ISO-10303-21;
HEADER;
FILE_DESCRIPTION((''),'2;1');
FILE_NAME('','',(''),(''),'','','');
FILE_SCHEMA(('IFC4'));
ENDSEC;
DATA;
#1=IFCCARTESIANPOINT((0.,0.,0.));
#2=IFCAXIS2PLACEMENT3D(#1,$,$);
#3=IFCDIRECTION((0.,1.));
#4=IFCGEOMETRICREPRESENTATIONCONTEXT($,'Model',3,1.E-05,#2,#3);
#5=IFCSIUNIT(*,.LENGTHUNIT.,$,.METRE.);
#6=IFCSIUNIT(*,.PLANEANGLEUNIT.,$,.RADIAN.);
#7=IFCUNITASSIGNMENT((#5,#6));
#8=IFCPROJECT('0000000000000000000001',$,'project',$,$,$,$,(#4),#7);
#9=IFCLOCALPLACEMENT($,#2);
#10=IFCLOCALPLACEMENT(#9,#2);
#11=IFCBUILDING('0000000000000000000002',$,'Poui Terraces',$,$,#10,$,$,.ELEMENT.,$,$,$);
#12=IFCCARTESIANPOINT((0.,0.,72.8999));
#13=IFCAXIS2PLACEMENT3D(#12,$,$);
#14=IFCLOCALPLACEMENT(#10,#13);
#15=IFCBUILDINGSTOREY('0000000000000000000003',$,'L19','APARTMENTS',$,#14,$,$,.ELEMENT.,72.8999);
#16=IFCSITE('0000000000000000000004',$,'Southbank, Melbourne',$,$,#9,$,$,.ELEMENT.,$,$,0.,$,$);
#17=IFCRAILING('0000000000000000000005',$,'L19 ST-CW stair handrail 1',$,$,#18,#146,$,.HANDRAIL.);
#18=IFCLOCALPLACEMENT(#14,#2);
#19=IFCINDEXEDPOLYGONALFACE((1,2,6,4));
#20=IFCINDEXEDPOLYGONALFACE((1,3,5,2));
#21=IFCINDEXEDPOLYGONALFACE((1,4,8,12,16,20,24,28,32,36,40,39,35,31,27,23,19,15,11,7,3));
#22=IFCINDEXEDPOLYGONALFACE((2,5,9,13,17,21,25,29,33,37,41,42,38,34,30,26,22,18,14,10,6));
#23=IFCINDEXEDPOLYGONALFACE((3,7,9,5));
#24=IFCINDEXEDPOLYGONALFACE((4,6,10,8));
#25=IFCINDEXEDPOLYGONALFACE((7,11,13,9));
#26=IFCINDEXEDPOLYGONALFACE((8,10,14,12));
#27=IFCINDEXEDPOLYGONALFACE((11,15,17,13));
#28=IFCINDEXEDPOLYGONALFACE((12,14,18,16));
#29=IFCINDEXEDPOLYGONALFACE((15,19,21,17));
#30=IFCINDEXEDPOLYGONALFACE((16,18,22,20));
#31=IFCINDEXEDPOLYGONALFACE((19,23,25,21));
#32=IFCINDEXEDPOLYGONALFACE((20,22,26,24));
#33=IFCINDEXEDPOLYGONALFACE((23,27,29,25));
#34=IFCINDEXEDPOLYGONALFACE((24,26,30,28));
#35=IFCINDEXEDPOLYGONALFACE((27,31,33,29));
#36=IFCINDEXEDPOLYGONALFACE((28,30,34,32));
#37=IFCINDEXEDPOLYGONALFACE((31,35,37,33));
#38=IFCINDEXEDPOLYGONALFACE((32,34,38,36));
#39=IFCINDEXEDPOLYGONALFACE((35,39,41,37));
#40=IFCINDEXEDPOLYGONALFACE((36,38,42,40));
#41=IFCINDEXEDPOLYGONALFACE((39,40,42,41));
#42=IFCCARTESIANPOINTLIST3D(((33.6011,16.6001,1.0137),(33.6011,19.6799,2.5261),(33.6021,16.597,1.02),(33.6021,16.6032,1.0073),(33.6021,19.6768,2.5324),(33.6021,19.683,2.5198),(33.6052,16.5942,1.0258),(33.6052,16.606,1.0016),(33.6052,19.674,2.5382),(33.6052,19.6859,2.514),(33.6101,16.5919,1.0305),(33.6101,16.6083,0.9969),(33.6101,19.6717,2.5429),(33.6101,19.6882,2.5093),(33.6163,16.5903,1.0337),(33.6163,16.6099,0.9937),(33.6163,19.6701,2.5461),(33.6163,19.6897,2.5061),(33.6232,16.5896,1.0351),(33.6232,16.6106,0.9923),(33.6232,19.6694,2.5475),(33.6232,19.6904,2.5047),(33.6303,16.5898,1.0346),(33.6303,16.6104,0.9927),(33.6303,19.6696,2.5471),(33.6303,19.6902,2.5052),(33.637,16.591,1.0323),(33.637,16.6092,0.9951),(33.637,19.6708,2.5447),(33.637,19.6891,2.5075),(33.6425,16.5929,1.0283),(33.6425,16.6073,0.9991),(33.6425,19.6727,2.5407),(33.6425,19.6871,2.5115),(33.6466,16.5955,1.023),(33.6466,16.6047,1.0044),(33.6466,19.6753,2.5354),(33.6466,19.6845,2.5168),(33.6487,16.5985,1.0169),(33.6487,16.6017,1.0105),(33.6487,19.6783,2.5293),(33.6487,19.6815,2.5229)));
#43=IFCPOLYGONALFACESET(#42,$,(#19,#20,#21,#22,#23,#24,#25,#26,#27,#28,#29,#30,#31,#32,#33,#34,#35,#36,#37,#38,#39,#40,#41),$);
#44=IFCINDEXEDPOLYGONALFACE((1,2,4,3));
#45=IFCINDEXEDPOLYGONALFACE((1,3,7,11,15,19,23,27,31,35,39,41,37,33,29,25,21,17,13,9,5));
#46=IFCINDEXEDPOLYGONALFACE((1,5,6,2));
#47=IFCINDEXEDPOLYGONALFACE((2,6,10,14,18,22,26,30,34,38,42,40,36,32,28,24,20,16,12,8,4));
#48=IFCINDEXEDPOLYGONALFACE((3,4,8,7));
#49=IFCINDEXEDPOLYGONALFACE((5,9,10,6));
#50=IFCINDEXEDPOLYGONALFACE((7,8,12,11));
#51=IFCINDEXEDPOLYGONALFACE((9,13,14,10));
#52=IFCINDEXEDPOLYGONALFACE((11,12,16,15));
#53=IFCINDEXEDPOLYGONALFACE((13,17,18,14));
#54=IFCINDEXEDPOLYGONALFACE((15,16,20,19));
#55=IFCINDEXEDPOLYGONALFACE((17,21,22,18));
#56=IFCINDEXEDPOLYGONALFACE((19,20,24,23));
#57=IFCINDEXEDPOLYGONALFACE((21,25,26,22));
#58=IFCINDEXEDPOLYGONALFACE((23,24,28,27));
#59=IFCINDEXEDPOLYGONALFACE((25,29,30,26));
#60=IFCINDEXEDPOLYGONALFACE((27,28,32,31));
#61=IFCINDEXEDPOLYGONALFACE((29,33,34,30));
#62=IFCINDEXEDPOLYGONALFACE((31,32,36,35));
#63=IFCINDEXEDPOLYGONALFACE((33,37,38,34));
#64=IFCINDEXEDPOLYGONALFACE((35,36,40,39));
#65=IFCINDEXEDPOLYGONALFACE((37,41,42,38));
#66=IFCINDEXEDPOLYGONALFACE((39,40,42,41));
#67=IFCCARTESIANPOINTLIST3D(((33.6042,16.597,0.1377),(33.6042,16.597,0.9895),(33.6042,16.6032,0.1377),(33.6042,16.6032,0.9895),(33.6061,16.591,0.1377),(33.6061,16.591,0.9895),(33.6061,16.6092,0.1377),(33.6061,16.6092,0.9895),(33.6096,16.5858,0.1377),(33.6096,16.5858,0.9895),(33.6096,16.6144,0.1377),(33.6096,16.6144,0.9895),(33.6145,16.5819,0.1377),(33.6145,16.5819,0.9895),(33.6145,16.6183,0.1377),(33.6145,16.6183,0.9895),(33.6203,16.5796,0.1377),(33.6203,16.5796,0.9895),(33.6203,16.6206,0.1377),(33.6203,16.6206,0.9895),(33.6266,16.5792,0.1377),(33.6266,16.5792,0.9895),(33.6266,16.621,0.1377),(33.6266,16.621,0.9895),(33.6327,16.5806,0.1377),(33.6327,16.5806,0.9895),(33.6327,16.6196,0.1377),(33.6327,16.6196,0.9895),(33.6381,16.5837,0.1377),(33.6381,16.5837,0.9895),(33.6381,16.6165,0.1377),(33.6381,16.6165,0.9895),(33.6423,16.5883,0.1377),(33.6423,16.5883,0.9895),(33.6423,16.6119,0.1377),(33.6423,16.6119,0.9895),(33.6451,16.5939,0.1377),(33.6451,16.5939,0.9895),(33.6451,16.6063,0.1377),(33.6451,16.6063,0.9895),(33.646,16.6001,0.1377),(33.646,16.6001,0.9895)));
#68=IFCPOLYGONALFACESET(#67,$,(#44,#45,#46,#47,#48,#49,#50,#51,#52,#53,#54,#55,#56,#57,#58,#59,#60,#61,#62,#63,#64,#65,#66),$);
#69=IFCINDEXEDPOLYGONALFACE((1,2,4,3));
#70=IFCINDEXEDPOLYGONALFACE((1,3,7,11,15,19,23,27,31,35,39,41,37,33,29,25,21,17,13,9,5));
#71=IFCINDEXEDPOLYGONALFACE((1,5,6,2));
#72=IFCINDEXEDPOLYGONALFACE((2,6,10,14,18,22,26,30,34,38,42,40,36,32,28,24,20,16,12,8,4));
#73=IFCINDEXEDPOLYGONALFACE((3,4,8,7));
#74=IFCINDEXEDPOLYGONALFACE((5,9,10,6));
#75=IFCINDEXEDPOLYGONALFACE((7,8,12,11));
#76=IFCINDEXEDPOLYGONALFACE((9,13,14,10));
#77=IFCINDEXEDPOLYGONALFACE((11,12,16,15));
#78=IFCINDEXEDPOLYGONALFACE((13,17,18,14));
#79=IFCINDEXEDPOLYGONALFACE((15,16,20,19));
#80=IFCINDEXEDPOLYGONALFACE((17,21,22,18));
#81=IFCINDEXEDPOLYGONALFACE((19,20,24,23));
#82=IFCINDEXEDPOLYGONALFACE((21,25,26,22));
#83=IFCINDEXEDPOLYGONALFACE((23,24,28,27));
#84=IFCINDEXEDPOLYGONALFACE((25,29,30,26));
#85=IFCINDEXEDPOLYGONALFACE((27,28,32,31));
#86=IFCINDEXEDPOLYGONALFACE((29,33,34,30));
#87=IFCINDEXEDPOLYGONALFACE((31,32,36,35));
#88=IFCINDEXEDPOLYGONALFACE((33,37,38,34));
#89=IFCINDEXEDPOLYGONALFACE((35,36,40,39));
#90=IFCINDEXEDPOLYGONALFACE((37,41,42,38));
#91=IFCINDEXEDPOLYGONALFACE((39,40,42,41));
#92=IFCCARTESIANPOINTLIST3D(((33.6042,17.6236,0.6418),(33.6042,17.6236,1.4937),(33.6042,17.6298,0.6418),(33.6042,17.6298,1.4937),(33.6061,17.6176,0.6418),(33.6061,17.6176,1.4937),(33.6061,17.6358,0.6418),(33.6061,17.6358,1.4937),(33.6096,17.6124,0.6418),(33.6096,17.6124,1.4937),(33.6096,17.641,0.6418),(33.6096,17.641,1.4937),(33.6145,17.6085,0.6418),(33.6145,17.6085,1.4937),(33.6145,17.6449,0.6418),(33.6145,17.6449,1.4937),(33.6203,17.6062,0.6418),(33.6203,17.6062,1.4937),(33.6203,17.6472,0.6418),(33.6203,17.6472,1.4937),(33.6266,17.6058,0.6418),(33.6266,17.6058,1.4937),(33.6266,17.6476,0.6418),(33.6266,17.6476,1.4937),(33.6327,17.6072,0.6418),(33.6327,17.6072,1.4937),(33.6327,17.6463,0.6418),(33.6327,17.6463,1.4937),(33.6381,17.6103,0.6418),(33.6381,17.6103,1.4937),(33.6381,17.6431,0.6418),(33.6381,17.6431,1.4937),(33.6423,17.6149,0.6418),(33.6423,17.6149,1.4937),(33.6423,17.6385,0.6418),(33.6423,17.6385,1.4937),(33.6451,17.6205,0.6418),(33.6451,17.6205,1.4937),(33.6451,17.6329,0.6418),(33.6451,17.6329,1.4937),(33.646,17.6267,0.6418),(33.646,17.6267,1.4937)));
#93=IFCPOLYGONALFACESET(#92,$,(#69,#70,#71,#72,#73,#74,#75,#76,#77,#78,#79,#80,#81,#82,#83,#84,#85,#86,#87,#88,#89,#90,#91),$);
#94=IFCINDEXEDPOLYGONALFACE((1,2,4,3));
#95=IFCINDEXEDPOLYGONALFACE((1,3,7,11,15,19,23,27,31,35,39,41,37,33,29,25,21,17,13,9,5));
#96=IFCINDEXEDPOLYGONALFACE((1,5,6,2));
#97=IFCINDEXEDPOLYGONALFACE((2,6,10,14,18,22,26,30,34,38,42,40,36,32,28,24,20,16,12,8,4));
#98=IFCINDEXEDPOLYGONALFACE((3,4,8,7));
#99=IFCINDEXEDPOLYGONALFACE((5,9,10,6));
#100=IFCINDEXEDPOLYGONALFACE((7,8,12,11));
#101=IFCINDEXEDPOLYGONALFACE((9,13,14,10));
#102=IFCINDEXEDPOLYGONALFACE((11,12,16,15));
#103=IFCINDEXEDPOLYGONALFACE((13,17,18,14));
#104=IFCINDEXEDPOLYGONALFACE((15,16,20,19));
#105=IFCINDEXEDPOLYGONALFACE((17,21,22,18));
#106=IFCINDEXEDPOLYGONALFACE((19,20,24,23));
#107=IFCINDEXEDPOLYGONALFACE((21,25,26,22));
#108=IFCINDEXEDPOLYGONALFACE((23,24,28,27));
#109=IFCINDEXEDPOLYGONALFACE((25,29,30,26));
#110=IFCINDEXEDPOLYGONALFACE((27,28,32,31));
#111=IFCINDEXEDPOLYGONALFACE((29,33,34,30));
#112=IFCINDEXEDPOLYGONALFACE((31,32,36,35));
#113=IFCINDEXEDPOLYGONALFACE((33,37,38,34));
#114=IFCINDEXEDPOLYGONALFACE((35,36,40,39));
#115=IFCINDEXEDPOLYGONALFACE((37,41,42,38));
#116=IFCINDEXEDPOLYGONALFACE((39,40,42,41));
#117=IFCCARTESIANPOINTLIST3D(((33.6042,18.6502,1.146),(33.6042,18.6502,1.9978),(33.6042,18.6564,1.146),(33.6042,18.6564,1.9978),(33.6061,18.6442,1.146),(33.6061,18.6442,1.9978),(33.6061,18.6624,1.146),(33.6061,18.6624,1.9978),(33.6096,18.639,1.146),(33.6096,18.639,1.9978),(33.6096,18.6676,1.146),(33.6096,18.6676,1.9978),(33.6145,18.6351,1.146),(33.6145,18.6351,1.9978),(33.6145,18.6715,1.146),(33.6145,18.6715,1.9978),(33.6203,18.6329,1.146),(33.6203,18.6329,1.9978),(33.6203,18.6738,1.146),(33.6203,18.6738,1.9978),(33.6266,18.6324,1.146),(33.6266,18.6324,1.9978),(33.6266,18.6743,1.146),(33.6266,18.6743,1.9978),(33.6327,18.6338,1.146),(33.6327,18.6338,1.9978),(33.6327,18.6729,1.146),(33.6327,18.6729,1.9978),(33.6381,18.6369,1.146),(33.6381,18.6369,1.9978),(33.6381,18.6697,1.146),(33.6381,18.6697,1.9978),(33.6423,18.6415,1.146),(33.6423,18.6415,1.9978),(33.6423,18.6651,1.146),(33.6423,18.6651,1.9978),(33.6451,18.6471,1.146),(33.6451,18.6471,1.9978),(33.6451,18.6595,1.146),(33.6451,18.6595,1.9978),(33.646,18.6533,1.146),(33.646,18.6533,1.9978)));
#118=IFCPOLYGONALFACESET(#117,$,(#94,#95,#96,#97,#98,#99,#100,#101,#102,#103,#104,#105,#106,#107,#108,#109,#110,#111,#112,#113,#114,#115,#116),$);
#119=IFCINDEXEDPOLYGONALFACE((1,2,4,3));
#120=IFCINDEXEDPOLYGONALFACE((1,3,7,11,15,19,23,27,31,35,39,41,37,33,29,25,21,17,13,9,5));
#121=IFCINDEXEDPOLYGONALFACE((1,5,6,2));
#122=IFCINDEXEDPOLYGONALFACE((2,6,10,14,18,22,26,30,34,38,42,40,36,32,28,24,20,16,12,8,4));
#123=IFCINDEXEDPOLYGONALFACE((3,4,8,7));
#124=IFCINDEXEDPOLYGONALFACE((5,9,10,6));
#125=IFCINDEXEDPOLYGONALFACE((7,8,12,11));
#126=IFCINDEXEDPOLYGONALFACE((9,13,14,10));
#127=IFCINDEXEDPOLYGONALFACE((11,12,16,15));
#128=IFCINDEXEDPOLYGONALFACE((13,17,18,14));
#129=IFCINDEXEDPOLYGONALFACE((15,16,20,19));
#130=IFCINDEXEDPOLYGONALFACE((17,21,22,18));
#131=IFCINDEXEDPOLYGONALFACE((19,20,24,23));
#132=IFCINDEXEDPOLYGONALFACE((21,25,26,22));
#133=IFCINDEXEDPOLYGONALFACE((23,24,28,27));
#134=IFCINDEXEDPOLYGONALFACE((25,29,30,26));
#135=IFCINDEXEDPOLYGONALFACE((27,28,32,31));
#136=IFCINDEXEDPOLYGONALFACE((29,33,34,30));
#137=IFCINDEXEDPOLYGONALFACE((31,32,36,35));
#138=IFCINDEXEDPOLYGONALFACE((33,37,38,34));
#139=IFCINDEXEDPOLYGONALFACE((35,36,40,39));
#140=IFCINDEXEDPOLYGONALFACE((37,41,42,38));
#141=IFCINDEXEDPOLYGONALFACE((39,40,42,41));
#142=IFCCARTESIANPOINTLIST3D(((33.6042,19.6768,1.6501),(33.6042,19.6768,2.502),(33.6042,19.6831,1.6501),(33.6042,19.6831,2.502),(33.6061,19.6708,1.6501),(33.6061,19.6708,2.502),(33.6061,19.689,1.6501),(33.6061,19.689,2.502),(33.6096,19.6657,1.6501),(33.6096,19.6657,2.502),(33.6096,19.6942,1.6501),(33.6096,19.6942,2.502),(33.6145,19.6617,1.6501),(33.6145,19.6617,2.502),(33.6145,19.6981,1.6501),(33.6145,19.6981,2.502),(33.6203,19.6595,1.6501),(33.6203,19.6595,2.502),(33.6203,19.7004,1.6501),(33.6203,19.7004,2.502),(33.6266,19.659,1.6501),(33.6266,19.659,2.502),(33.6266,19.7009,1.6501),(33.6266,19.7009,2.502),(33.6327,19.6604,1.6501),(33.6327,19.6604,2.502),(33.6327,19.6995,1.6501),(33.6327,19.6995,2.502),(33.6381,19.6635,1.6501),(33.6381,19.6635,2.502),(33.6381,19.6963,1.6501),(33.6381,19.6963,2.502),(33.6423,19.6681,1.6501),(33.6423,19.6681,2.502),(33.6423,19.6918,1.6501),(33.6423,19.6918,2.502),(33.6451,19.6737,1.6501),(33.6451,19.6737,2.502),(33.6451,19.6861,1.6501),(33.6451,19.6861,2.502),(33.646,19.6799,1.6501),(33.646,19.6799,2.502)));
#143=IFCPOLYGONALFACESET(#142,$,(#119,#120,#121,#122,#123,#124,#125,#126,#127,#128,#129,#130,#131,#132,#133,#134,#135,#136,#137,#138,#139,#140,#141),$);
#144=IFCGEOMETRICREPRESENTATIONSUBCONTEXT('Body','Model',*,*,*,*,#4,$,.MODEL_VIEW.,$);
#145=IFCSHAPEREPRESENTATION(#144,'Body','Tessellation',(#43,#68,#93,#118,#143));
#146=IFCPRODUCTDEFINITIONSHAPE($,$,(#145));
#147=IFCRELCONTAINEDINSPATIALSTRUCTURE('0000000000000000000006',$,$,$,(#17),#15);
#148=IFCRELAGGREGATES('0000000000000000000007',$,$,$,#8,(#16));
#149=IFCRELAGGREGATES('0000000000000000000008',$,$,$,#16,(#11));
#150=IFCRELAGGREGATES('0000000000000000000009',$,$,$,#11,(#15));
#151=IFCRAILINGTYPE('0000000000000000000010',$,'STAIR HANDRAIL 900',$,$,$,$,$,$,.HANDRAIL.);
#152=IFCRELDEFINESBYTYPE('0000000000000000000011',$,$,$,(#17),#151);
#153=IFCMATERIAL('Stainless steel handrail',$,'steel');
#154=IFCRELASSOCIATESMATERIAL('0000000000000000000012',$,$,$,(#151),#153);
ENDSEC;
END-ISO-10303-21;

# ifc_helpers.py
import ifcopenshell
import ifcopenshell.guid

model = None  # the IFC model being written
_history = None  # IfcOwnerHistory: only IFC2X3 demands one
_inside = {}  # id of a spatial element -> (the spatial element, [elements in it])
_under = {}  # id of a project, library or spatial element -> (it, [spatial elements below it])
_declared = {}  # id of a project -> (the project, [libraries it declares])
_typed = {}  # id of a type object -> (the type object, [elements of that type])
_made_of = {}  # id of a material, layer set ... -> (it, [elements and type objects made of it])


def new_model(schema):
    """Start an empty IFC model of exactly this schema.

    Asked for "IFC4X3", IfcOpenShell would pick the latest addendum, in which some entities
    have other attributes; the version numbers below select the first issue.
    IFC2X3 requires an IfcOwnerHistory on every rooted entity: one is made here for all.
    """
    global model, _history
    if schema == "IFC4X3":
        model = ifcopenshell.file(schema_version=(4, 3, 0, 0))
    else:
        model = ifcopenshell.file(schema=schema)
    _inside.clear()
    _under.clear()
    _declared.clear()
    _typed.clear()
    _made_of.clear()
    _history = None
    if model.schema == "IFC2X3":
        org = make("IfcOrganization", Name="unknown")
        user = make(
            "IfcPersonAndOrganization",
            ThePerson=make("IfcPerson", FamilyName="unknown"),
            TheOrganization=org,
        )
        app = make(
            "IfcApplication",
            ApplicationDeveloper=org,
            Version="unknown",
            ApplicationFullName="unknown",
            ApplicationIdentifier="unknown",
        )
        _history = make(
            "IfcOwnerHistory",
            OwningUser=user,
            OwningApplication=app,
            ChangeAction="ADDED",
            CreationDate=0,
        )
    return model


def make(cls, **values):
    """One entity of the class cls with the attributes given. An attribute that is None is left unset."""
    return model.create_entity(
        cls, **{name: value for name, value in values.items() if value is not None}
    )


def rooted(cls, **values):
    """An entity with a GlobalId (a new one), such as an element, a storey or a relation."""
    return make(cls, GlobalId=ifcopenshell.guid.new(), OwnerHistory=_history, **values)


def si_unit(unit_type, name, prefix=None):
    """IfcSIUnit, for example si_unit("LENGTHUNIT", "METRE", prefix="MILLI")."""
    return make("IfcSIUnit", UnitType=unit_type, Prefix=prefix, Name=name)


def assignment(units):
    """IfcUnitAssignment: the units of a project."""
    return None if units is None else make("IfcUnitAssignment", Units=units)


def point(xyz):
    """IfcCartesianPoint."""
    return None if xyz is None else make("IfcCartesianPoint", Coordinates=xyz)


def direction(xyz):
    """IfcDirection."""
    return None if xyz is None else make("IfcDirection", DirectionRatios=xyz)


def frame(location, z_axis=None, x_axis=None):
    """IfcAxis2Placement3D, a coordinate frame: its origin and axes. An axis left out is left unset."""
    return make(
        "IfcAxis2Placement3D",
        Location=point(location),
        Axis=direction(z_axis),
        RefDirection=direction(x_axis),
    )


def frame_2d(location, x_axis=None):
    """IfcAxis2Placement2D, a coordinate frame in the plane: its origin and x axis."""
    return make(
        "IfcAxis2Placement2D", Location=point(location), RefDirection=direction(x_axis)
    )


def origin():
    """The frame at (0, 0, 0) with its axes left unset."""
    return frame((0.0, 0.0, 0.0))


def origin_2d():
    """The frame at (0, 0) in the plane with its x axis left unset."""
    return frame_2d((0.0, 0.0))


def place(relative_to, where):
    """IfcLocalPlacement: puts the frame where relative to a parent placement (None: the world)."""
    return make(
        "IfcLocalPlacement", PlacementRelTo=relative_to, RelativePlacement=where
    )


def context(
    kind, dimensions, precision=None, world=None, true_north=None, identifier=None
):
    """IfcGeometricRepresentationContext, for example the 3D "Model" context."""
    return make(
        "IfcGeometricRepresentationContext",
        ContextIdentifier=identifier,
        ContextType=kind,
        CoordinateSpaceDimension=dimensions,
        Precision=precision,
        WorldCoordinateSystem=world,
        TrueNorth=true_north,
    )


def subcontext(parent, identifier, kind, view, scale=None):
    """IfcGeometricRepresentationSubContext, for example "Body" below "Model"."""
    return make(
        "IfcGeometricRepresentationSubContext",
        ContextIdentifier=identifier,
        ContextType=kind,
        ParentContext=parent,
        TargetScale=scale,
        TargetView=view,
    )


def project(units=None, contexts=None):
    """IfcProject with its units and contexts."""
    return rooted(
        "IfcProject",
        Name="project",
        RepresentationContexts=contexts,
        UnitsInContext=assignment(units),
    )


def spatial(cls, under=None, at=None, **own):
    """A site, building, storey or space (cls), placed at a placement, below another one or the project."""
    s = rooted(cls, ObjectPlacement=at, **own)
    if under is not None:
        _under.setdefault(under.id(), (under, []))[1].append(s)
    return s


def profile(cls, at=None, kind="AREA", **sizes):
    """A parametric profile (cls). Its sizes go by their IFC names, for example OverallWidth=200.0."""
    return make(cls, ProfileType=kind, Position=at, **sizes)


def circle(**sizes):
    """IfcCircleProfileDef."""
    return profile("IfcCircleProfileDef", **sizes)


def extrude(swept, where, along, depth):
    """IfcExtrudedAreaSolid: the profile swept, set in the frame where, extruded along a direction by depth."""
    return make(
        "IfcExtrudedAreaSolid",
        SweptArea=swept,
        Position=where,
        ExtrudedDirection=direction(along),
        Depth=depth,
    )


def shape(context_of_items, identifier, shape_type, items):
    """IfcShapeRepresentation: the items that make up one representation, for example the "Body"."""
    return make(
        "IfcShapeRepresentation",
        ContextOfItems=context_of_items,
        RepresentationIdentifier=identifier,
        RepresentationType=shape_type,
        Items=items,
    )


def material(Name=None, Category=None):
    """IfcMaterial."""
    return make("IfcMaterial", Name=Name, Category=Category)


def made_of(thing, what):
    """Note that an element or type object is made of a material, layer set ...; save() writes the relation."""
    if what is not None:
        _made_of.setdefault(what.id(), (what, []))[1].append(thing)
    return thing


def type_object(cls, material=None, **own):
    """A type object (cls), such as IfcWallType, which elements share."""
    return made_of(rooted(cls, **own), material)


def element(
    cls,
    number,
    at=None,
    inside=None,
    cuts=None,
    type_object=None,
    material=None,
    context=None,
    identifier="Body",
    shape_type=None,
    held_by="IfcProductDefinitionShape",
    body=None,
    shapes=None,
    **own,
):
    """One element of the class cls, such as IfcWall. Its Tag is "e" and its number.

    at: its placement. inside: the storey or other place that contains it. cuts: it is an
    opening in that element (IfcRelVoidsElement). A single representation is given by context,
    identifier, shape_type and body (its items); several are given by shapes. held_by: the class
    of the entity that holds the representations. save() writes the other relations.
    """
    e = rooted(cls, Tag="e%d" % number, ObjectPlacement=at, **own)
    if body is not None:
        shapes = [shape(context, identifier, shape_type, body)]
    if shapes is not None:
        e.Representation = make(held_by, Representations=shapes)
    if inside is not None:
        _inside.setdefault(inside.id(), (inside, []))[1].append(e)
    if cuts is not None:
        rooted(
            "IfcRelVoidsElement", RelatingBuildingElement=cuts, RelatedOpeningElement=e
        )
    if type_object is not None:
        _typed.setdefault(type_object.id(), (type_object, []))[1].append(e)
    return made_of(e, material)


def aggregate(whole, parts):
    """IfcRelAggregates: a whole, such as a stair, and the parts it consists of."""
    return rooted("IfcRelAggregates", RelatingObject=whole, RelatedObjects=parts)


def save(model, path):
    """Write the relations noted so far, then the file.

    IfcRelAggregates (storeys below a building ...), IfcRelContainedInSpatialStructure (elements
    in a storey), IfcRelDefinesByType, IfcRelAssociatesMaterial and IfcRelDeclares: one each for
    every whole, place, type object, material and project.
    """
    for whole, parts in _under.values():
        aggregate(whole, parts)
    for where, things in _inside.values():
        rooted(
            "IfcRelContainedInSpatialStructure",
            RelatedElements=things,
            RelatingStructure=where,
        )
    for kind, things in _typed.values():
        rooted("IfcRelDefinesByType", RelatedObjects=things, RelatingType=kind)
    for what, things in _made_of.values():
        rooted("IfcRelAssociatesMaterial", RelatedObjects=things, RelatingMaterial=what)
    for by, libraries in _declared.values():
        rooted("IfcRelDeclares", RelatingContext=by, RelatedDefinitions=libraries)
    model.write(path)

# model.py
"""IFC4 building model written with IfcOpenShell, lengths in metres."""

from ifc_helpers import new_model, si_unit, direction, frame, origin, origin_2d, place, context, subcontext, project, spatial, circle, extrude, material, type_object, element, save


model = new_model("IFC4")

# Units and contexts
model_context = context("Model", 3, precision=1e-05, world=origin(), true_north=direction((0.0, 1.0)))
body_context = subcontext(model_context, "Body", "Model", "MODEL_VIEW")
ifc_project = project(units=[si_unit("LENGTHUNIT", "METRE"), si_unit("PLANEANGLEUNIT", "RADIAN")], contexts=[model_context])

# Site, building, storey
site_placement = place(None, origin())
site = spatial("IfcSite", under=ifc_project, at=site_placement, Name="Southbank, Melbourne", CompositionType="ELEMENT", RefElevation=0.0)
building_placement = place(site_placement, origin())
building = spatial("IfcBuilding", under=site, at=building_placement, Name="Poui Terraces", CompositionType="ELEMENT")
storey_placement = place(building_placement, frame((0.0, 0.0, 72.8999)))
storey = spatial("IfcBuildingStorey", under=building, at=storey_placement, Name="L19", Description="APARTMENTS", CompositionType="ELEMENT", Elevation=72.8999)

# Railing
ifc_material_1 = material(Name="Stainless steel handrail", Category="steel")
railing_type_1 = type_object("IfcRailingType", Name="STAIR HANDRAIL 900", PredefinedType="HANDRAIL", material=ifc_material_1)
railing_1_placement = place(storey_placement, frame((33.625, 16.6001, 0.1377)))
element("IfcRailing", 1, at=railing_1_placement, inside=storey, type_object=railing_type_1, Name="L19 ST-CW stair handrail 1", PredefinedType="HANDRAIL", context=body_context, shape_type="SweptSolid", body=[
    extrude(circle(Radius=0.0239, at=origin_2d()), frame((0.0, 0.0, 0.876), z_axis=(0.0, 0.897606, 0.440798), x_axis=(-1.0, 0.0, 0.0)), (0.0, 0.0, 1.0), 3.4312),
    extrude(circle(Radius=0.021, at=origin_2d()), origin(), (0.0, 0.0, 1.0), 0.8518),
    extrude(circle(Radius=0.021, at=origin_2d()), frame((0.0, 1.0266, 0.5042)), (0.0, 0.0, 1.0), 0.8518),
    extrude(circle(Radius=0.021, at=origin_2d()), frame((0.0, 2.0532, 1.0083)), (0.0, 0.0, 1.0), 0.8518),
    extrude(circle(Radius=0.021, at=origin_2d()), frame((0.0, 3.0798, 1.5125)), (0.0, 0.0, 1.0), 0.8518),
])

save(model, "model.ifc")
